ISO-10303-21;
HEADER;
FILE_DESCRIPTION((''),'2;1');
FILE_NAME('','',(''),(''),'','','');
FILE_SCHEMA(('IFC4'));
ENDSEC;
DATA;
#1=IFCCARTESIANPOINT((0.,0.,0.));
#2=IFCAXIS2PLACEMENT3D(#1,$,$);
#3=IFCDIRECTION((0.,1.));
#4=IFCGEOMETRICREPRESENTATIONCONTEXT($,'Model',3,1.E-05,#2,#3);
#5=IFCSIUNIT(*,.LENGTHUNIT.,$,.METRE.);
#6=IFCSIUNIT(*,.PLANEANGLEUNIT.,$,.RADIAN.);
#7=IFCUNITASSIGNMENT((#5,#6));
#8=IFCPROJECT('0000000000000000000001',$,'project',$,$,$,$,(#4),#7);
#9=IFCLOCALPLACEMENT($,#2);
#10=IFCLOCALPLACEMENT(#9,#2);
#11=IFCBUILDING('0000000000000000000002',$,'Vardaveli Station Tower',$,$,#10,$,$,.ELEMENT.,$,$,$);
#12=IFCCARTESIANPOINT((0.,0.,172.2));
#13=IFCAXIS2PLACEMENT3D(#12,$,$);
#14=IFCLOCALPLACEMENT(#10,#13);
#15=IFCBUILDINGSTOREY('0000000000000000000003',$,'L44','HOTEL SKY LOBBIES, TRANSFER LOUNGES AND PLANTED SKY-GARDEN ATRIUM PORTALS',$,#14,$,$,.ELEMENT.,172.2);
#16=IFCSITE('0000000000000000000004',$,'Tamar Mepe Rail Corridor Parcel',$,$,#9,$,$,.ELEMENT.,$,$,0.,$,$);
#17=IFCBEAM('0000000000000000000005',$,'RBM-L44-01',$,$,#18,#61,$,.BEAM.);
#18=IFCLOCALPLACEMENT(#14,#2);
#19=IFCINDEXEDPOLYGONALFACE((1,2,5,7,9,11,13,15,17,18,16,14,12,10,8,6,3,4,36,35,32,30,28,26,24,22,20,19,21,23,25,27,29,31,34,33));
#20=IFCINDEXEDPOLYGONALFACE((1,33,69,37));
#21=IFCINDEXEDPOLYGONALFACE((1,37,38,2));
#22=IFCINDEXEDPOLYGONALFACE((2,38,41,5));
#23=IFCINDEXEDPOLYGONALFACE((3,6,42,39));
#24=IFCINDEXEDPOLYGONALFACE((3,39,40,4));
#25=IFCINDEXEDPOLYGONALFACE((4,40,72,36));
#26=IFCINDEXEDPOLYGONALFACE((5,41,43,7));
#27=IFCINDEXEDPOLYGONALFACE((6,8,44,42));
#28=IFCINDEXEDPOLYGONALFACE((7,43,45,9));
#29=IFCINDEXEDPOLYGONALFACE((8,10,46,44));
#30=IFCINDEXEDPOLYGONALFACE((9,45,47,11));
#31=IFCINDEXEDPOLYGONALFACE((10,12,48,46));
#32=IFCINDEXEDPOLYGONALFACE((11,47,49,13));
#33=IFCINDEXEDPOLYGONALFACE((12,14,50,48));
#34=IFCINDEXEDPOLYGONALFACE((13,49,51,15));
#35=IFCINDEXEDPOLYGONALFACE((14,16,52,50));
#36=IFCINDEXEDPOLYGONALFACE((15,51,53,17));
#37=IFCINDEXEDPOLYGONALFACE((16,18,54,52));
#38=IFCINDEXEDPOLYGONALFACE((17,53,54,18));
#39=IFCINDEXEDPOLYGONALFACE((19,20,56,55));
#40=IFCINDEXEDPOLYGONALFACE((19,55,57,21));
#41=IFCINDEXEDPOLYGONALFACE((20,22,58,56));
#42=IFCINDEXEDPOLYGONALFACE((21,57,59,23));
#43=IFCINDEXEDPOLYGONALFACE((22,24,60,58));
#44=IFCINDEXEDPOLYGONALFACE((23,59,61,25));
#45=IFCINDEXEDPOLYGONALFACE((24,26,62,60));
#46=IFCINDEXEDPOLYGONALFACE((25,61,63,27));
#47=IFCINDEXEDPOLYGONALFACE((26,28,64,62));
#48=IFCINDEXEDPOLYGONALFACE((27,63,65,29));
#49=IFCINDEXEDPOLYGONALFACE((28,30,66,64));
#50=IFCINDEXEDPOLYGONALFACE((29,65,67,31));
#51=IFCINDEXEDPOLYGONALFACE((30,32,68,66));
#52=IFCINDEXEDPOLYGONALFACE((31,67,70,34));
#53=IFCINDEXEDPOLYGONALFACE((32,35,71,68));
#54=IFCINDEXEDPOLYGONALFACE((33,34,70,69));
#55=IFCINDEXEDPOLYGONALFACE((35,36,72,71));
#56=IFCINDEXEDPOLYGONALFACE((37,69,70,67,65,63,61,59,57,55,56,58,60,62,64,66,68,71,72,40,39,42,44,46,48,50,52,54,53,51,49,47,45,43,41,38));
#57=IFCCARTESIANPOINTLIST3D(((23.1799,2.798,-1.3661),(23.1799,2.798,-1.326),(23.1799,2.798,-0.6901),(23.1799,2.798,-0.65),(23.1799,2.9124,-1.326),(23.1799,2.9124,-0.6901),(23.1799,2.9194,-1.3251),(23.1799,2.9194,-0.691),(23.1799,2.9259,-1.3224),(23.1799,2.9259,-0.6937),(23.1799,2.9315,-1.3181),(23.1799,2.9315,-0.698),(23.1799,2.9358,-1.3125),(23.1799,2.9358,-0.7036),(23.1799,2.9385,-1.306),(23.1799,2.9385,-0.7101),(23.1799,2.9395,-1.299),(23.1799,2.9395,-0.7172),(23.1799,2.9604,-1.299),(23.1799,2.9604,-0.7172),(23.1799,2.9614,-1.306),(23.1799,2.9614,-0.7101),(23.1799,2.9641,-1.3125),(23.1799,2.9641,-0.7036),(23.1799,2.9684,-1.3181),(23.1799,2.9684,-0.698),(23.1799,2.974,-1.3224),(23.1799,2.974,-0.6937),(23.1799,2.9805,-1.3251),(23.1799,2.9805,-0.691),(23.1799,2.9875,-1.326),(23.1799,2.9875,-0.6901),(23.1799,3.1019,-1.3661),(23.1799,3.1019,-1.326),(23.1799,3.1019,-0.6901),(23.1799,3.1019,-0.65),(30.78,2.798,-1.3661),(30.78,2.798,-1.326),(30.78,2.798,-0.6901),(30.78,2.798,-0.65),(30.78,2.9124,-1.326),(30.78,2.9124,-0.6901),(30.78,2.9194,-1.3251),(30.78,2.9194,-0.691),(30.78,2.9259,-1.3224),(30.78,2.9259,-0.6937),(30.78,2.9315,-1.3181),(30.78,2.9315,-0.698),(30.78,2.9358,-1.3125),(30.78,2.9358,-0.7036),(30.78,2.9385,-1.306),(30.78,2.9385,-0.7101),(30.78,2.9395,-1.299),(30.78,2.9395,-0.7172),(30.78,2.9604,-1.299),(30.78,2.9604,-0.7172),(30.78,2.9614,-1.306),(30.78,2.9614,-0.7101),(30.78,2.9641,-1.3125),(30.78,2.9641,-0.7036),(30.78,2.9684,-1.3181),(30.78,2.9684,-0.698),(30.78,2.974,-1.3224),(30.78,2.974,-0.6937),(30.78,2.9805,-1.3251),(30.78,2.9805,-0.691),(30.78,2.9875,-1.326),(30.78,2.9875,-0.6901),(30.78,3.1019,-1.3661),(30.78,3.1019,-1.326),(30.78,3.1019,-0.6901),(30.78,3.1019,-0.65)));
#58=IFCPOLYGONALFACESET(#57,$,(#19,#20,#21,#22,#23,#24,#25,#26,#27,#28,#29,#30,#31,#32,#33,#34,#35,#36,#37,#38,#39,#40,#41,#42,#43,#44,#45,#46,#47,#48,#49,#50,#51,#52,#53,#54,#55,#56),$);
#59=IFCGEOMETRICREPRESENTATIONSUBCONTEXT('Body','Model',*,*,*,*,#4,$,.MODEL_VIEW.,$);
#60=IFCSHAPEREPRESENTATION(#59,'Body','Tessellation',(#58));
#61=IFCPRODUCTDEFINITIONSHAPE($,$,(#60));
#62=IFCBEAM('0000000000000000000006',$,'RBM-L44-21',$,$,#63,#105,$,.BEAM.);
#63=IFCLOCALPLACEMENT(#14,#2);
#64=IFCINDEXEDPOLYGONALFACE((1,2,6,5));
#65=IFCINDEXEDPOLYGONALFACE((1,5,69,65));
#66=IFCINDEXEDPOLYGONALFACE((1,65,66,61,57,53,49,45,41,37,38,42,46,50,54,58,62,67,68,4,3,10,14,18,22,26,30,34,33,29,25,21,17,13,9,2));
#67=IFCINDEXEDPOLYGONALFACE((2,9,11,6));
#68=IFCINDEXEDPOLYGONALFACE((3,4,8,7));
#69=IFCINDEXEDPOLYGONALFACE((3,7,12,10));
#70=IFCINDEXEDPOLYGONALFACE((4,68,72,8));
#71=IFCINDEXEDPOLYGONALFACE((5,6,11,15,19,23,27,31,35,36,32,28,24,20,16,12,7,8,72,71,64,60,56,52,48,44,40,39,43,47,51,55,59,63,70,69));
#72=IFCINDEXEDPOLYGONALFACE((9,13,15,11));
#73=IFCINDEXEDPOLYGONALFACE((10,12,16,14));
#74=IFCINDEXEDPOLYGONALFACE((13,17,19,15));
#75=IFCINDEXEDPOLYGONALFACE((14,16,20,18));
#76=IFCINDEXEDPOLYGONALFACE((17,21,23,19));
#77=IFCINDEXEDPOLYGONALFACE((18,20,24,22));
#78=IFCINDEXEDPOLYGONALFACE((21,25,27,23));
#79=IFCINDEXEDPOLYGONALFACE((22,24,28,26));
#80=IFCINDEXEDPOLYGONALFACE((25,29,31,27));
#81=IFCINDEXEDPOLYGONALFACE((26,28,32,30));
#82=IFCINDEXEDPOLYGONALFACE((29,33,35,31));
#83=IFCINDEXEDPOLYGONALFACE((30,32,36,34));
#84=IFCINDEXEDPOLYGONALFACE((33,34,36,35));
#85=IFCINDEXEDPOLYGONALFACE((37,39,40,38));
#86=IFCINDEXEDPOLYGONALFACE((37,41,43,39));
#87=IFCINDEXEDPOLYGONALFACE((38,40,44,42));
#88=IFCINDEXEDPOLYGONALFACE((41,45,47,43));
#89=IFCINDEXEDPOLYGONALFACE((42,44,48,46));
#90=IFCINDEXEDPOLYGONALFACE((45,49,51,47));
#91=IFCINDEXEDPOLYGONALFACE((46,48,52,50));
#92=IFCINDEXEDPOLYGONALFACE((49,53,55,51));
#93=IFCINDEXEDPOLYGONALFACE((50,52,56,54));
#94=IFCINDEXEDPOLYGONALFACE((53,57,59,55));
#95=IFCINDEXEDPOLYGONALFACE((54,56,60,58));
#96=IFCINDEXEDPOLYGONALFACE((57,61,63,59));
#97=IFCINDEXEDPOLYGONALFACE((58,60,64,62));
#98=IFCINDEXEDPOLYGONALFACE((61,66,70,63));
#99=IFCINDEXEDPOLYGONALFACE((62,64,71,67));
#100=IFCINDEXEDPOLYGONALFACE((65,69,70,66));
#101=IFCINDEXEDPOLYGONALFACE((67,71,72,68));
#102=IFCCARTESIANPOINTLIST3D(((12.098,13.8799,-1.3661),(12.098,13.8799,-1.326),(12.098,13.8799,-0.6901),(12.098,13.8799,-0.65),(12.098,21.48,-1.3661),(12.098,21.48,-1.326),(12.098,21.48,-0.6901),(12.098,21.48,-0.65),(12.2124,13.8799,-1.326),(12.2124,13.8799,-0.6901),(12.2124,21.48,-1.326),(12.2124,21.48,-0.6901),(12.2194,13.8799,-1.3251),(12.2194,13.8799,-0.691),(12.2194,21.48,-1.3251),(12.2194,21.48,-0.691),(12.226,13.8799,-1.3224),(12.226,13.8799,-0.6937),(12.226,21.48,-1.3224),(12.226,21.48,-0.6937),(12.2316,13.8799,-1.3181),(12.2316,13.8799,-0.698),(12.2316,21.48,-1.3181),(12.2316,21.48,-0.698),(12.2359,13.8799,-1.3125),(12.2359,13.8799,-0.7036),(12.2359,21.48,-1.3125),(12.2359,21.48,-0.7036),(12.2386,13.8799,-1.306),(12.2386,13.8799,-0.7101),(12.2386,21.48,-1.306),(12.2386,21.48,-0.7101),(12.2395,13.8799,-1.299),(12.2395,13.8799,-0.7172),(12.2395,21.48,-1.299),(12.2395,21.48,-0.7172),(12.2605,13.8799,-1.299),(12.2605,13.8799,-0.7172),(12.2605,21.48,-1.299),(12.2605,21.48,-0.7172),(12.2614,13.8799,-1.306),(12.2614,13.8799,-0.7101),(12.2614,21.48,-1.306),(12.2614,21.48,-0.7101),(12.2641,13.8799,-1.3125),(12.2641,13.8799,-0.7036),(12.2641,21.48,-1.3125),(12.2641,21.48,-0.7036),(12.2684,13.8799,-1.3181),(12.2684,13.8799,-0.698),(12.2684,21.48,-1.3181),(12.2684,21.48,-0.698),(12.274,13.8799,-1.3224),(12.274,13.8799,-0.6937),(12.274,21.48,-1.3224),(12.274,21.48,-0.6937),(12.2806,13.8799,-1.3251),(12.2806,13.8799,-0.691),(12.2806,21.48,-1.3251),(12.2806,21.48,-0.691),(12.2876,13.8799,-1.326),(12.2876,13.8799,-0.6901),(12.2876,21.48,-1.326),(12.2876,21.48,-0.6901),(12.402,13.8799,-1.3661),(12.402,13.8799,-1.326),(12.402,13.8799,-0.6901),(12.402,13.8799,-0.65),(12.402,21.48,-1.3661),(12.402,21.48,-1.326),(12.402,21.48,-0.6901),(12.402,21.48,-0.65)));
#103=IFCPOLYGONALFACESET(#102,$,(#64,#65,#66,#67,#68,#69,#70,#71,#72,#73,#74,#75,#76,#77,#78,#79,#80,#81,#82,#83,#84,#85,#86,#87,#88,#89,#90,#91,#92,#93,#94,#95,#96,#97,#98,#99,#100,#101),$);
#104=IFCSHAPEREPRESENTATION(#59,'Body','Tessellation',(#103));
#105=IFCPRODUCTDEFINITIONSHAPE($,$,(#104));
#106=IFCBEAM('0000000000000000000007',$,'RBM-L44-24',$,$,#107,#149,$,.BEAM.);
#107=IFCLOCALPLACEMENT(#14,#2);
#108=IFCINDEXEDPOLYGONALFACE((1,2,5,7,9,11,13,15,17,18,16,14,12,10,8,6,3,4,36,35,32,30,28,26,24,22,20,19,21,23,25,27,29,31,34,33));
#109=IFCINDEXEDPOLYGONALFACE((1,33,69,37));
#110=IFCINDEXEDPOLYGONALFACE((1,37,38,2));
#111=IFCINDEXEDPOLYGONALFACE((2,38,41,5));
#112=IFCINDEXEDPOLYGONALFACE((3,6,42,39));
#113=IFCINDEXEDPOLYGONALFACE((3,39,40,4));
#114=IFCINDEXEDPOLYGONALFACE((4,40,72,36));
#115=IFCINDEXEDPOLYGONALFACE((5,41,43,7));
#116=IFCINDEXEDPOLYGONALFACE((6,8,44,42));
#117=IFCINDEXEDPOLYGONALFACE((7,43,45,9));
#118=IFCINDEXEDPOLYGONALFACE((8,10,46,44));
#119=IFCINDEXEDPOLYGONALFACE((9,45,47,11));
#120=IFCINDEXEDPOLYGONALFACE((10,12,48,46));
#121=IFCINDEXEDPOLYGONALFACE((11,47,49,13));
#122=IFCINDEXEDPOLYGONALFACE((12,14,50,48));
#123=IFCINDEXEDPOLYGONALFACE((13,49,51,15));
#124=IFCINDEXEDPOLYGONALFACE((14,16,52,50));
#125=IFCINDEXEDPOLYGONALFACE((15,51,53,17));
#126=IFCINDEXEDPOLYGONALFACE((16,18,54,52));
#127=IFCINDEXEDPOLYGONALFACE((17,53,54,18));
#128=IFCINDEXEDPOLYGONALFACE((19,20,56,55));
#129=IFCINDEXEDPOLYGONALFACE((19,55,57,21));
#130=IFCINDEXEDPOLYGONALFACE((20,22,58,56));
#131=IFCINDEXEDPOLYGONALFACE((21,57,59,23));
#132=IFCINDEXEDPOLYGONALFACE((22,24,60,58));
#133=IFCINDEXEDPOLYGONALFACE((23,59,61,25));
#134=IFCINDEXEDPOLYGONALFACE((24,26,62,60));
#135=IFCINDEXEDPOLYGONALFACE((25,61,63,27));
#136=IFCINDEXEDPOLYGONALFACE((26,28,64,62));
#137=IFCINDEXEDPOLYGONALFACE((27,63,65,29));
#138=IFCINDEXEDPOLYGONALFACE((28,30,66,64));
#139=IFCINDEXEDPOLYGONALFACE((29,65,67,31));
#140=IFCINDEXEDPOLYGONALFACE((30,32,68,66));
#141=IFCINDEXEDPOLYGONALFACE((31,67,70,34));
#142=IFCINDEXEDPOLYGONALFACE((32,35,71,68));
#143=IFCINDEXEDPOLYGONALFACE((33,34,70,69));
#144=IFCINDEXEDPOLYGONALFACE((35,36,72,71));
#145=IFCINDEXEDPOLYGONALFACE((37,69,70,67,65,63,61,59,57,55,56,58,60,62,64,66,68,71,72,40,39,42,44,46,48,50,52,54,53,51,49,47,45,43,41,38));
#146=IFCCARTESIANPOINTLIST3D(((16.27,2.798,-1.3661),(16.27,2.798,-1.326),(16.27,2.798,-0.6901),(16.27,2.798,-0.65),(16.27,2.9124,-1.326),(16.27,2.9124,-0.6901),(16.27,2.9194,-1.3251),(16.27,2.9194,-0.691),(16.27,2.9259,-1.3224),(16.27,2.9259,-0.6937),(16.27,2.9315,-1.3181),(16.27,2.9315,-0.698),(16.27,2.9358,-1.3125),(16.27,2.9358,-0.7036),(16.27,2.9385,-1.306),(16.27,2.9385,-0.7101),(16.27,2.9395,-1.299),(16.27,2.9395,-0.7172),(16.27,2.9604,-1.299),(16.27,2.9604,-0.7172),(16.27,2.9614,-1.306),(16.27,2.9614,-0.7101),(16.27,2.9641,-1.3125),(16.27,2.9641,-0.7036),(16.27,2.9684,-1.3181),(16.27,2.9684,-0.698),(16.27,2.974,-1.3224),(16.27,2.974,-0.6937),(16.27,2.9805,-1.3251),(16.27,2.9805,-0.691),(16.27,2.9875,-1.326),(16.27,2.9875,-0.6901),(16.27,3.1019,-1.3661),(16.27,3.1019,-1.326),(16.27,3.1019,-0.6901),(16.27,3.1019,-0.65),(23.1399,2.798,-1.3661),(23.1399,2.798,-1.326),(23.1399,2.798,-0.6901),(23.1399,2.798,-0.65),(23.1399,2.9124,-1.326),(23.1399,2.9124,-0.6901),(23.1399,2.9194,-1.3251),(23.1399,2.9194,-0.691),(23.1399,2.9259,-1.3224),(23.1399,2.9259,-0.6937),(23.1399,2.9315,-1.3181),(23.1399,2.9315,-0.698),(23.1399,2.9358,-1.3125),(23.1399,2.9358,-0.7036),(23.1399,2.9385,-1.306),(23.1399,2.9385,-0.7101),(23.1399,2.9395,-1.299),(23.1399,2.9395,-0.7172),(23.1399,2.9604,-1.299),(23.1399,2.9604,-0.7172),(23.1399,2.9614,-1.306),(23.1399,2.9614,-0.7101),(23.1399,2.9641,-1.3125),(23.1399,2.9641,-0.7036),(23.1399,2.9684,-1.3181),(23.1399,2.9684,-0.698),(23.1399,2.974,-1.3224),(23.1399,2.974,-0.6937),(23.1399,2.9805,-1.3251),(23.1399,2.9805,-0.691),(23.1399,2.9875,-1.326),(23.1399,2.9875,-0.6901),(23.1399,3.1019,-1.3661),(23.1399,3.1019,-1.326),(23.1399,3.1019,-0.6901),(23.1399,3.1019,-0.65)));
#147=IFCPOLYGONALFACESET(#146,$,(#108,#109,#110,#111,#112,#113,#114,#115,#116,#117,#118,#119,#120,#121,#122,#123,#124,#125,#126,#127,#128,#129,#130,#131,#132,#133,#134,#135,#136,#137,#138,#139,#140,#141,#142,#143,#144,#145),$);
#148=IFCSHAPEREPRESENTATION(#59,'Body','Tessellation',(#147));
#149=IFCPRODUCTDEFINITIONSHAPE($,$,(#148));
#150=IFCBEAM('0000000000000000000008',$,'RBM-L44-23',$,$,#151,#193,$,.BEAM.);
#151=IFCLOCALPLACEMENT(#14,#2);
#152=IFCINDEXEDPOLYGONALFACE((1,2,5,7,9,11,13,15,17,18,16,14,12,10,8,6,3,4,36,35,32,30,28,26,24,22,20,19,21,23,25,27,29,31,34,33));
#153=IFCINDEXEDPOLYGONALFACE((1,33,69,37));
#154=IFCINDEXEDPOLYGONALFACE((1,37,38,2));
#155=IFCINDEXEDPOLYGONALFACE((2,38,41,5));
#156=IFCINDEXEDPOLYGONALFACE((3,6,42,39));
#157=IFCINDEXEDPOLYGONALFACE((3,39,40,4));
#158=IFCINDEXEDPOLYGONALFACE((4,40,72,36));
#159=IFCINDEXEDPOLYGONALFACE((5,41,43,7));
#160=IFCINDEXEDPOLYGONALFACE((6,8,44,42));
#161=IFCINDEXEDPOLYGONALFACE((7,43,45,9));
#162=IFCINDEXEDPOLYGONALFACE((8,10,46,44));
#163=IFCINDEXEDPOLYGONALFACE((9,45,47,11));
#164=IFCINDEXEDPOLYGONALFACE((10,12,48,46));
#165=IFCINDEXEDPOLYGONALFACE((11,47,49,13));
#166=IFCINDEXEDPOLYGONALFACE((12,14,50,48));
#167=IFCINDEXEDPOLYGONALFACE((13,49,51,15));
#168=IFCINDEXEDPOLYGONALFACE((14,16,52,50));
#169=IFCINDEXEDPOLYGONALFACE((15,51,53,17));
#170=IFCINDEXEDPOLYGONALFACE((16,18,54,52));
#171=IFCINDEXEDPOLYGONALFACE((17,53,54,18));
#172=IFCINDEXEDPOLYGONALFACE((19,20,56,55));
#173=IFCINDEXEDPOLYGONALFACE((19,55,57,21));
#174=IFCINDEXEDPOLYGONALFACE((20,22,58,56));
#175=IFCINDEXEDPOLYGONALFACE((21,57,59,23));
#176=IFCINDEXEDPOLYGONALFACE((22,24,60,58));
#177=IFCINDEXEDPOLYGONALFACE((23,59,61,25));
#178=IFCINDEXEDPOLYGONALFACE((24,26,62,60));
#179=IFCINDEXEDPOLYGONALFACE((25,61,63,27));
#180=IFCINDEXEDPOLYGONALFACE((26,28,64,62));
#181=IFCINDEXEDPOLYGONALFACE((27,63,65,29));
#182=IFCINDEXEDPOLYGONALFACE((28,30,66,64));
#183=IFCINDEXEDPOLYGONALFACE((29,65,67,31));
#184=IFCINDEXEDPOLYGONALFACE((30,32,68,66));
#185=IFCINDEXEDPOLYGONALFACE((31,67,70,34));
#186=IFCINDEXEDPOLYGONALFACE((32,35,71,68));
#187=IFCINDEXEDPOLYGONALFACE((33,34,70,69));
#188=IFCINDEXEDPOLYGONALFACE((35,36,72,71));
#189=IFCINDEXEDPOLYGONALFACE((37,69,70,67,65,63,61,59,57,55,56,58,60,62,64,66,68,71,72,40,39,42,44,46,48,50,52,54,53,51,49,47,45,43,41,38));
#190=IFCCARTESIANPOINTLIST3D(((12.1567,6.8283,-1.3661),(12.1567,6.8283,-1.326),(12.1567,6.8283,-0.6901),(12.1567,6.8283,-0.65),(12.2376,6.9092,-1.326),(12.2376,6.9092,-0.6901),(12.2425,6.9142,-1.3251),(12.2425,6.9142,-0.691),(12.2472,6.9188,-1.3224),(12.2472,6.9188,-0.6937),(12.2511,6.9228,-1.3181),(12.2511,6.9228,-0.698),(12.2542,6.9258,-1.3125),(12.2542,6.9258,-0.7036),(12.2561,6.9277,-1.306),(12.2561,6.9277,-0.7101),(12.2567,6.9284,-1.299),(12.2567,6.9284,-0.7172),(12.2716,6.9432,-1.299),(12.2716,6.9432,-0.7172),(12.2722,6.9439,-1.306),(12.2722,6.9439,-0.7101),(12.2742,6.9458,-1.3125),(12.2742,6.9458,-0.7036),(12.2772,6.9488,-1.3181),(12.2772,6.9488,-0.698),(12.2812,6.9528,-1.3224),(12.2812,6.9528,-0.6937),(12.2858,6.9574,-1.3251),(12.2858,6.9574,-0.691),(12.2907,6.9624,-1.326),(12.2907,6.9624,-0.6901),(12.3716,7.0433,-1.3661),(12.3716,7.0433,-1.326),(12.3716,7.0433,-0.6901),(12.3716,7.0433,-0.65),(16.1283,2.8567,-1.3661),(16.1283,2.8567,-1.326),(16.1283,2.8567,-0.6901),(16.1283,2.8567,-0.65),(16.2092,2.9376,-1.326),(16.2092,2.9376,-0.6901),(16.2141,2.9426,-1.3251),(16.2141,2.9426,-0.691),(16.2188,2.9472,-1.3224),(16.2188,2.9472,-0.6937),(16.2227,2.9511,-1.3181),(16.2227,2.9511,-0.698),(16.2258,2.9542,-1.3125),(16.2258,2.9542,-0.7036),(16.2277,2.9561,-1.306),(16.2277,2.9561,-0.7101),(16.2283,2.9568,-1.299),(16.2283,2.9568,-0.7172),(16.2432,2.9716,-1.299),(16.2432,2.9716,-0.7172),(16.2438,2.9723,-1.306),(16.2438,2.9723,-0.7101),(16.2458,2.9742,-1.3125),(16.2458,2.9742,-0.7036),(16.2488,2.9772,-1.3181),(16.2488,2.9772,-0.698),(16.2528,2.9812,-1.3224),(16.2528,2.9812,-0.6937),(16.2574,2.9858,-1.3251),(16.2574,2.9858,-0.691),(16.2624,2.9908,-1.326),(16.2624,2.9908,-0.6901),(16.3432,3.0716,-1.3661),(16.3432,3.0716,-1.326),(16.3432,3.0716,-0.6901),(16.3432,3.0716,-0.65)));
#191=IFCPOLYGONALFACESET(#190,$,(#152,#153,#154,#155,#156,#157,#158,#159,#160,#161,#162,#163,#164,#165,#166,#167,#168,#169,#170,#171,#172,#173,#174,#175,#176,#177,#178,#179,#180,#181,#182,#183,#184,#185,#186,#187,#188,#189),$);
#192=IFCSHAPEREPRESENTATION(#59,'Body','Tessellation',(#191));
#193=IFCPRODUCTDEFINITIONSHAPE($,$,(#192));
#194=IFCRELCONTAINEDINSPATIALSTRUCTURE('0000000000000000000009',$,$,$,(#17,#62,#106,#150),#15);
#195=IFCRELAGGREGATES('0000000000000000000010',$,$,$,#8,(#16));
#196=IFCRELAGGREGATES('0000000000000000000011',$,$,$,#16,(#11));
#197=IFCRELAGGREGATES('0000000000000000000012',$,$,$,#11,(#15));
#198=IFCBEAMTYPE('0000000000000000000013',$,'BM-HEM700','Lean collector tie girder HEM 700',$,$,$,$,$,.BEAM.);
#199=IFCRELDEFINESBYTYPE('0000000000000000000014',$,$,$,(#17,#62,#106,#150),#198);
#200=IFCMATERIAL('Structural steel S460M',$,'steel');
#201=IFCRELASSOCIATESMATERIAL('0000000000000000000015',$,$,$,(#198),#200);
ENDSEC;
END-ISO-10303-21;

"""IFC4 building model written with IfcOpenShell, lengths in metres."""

from ifc_helpers import new_model, si_unit, direction, frame, origin, origin_2d, place, context, subcontext, project, spatial, i_section, extrude, source, transform, mapped, material, material_profile, profile_set, type_object, element, save


model = new_model("IFC4")

# Units and contexts
model_context = context("Model", 3, precision=1e-05, world=origin(), true_north=direction((0.0, 1.0)))
body_context = subcontext(model_context, "Body", "Model", "MODEL_VIEW")
ifc_project = project(units=[si_unit("LENGTHUNIT", "METRE"), si_unit("PLANEANGLEUNIT", "RADIAN")], contexts=[model_context])

# Site, building, storey
site_placement = place(None, origin())
site = spatial("IfcSite", under=ifc_project, at=site_placement, Name="Tamar Mepe Rail Corridor Parcel", CompositionType="ELEMENT", RefElevation=0.0)
building_placement = place(site_placement, origin())
building = spatial("IfcBuilding", under=site, at=building_placement, Name="Vardaveli Station Tower", CompositionType="ELEMENT")
storey_placement = place(building_placement, frame((0.0, 0.0, 172.2)))
storey = spatial("IfcBuildingStorey", under=building, at=storey_placement, Name="L44", Description="HOTEL SKY LOBBIES, TRANSFER LOUNGES AND PLANTED SKY-GARDEN ATRIUM PORTALS", CompositionType="ELEMENT", Elevation=172.2)

# Shared definitions
ifc_material_1 = material(Name="Structural steel S460M", Category="steel")

# Beams
ifc_material_profile_1 = material_profile(ifc_material_1, i_section(OverallWidth=0.304, OverallDepth=0.7161, WebThickness=0.021, FlangeThickness=0.04, FilletRadius=0.0271, at=origin_2d()), Name="HEM 700")
ifc_profile_set_1 = profile_set([ifc_material_profile_1], Name="Structural steel S460M")
beam_type_1 = type_object("IfcBeamType", Name="BM-HEM700", Description="Lean collector tie girder HEM 700", PredefinedType="BEAM", material=ifc_profile_set_1)
shared_shape_1 = source(origin(), body_context, "Body", "SweptSolid", [
    extrude(i_section(OverallWidth=0.304, OverallDepth=0.7161, WebThickness=0.021, FlangeThickness=0.04, FilletRadius=0.0271, at=origin_2d()), origin(), (0.0, 0.0, 1.0), 7.6001),
])
for number, where, z_axis, x_axis, name in (
    (1, (23.1799, 2.95, -1.0081), (1.0, 0.0, 0.0), (0.0, 1.0, 0.0), "RBM-L44-01"),
    (2, (12.25, 21.48, -1.0081), (0.0, -1.0, 0.0), (1.0, 0.0, 0.0), "RBM-L44-21"),
):
    element("IfcBeam", number, at=place(storey_placement, frame(where, z_axis=z_axis, x_axis=x_axis)), inside=storey, type_object=beam_type_1, Name=name, PredefinedType="BEAM", context=body_context, shape_type="MappedRepresentation", body=[
        mapped(shared_shape_1, transform((0.0, 0.0, 0.0), scale=1.0)),
    ])
shared_shape_2 = source(origin(), body_context, "Body", "SweptSolid", [
    extrude(i_section(OverallWidth=0.304, OverallDepth=0.7161, WebThickness=0.021, FlangeThickness=0.04, FilletRadius=0.0271, at=origin_2d()), origin(), (0.0, 0.0, 1.0), 6.8699),
])
beam_1_placement = place(storey_placement, frame((16.27, 2.95, -1.0081), z_axis=(1.0, 0.0, 0.0), x_axis=(0.0, 1.0, 0.0)))
element("IfcBeam", 3, at=beam_1_placement, inside=storey, type_object=beam_type_1, Name="RBM-L44-24", PredefinedType="BEAM", context=body_context, shape_type="MappedRepresentation", body=[
    mapped(shared_shape_2, transform((0.0, 0.0, 0.0), scale=1.0)),
])
shared_shape_3 = source(origin(), body_context, "Body", "SweptSolid", [
    extrude(i_section(OverallWidth=0.304, OverallDepth=0.7161, WebThickness=0.021, FlangeThickness=0.04, FilletRadius=0.0271, at=origin_2d()), origin(), (0.0, 0.0, 1.0), 5.6167),
])
beam_2_placement = place(storey_placement, frame((12.2642, 6.9358, -1.0081), z_axis=(0.707107, -0.707107, 0.0), x_axis=(0.707107, 0.707107, 0.0)))
element("IfcBeam", 4, at=beam_2_placement, inside=storey, type_object=beam_type_1, Name="RBM-L44-23", PredefinedType="BEAM", context=body_context, shape_type="MappedRepresentation", body=[
    mapped(shared_shape_3, transform((0.0, 0.0, 0.0), scale=1.0)),
])

save(model, "model.ifc")
